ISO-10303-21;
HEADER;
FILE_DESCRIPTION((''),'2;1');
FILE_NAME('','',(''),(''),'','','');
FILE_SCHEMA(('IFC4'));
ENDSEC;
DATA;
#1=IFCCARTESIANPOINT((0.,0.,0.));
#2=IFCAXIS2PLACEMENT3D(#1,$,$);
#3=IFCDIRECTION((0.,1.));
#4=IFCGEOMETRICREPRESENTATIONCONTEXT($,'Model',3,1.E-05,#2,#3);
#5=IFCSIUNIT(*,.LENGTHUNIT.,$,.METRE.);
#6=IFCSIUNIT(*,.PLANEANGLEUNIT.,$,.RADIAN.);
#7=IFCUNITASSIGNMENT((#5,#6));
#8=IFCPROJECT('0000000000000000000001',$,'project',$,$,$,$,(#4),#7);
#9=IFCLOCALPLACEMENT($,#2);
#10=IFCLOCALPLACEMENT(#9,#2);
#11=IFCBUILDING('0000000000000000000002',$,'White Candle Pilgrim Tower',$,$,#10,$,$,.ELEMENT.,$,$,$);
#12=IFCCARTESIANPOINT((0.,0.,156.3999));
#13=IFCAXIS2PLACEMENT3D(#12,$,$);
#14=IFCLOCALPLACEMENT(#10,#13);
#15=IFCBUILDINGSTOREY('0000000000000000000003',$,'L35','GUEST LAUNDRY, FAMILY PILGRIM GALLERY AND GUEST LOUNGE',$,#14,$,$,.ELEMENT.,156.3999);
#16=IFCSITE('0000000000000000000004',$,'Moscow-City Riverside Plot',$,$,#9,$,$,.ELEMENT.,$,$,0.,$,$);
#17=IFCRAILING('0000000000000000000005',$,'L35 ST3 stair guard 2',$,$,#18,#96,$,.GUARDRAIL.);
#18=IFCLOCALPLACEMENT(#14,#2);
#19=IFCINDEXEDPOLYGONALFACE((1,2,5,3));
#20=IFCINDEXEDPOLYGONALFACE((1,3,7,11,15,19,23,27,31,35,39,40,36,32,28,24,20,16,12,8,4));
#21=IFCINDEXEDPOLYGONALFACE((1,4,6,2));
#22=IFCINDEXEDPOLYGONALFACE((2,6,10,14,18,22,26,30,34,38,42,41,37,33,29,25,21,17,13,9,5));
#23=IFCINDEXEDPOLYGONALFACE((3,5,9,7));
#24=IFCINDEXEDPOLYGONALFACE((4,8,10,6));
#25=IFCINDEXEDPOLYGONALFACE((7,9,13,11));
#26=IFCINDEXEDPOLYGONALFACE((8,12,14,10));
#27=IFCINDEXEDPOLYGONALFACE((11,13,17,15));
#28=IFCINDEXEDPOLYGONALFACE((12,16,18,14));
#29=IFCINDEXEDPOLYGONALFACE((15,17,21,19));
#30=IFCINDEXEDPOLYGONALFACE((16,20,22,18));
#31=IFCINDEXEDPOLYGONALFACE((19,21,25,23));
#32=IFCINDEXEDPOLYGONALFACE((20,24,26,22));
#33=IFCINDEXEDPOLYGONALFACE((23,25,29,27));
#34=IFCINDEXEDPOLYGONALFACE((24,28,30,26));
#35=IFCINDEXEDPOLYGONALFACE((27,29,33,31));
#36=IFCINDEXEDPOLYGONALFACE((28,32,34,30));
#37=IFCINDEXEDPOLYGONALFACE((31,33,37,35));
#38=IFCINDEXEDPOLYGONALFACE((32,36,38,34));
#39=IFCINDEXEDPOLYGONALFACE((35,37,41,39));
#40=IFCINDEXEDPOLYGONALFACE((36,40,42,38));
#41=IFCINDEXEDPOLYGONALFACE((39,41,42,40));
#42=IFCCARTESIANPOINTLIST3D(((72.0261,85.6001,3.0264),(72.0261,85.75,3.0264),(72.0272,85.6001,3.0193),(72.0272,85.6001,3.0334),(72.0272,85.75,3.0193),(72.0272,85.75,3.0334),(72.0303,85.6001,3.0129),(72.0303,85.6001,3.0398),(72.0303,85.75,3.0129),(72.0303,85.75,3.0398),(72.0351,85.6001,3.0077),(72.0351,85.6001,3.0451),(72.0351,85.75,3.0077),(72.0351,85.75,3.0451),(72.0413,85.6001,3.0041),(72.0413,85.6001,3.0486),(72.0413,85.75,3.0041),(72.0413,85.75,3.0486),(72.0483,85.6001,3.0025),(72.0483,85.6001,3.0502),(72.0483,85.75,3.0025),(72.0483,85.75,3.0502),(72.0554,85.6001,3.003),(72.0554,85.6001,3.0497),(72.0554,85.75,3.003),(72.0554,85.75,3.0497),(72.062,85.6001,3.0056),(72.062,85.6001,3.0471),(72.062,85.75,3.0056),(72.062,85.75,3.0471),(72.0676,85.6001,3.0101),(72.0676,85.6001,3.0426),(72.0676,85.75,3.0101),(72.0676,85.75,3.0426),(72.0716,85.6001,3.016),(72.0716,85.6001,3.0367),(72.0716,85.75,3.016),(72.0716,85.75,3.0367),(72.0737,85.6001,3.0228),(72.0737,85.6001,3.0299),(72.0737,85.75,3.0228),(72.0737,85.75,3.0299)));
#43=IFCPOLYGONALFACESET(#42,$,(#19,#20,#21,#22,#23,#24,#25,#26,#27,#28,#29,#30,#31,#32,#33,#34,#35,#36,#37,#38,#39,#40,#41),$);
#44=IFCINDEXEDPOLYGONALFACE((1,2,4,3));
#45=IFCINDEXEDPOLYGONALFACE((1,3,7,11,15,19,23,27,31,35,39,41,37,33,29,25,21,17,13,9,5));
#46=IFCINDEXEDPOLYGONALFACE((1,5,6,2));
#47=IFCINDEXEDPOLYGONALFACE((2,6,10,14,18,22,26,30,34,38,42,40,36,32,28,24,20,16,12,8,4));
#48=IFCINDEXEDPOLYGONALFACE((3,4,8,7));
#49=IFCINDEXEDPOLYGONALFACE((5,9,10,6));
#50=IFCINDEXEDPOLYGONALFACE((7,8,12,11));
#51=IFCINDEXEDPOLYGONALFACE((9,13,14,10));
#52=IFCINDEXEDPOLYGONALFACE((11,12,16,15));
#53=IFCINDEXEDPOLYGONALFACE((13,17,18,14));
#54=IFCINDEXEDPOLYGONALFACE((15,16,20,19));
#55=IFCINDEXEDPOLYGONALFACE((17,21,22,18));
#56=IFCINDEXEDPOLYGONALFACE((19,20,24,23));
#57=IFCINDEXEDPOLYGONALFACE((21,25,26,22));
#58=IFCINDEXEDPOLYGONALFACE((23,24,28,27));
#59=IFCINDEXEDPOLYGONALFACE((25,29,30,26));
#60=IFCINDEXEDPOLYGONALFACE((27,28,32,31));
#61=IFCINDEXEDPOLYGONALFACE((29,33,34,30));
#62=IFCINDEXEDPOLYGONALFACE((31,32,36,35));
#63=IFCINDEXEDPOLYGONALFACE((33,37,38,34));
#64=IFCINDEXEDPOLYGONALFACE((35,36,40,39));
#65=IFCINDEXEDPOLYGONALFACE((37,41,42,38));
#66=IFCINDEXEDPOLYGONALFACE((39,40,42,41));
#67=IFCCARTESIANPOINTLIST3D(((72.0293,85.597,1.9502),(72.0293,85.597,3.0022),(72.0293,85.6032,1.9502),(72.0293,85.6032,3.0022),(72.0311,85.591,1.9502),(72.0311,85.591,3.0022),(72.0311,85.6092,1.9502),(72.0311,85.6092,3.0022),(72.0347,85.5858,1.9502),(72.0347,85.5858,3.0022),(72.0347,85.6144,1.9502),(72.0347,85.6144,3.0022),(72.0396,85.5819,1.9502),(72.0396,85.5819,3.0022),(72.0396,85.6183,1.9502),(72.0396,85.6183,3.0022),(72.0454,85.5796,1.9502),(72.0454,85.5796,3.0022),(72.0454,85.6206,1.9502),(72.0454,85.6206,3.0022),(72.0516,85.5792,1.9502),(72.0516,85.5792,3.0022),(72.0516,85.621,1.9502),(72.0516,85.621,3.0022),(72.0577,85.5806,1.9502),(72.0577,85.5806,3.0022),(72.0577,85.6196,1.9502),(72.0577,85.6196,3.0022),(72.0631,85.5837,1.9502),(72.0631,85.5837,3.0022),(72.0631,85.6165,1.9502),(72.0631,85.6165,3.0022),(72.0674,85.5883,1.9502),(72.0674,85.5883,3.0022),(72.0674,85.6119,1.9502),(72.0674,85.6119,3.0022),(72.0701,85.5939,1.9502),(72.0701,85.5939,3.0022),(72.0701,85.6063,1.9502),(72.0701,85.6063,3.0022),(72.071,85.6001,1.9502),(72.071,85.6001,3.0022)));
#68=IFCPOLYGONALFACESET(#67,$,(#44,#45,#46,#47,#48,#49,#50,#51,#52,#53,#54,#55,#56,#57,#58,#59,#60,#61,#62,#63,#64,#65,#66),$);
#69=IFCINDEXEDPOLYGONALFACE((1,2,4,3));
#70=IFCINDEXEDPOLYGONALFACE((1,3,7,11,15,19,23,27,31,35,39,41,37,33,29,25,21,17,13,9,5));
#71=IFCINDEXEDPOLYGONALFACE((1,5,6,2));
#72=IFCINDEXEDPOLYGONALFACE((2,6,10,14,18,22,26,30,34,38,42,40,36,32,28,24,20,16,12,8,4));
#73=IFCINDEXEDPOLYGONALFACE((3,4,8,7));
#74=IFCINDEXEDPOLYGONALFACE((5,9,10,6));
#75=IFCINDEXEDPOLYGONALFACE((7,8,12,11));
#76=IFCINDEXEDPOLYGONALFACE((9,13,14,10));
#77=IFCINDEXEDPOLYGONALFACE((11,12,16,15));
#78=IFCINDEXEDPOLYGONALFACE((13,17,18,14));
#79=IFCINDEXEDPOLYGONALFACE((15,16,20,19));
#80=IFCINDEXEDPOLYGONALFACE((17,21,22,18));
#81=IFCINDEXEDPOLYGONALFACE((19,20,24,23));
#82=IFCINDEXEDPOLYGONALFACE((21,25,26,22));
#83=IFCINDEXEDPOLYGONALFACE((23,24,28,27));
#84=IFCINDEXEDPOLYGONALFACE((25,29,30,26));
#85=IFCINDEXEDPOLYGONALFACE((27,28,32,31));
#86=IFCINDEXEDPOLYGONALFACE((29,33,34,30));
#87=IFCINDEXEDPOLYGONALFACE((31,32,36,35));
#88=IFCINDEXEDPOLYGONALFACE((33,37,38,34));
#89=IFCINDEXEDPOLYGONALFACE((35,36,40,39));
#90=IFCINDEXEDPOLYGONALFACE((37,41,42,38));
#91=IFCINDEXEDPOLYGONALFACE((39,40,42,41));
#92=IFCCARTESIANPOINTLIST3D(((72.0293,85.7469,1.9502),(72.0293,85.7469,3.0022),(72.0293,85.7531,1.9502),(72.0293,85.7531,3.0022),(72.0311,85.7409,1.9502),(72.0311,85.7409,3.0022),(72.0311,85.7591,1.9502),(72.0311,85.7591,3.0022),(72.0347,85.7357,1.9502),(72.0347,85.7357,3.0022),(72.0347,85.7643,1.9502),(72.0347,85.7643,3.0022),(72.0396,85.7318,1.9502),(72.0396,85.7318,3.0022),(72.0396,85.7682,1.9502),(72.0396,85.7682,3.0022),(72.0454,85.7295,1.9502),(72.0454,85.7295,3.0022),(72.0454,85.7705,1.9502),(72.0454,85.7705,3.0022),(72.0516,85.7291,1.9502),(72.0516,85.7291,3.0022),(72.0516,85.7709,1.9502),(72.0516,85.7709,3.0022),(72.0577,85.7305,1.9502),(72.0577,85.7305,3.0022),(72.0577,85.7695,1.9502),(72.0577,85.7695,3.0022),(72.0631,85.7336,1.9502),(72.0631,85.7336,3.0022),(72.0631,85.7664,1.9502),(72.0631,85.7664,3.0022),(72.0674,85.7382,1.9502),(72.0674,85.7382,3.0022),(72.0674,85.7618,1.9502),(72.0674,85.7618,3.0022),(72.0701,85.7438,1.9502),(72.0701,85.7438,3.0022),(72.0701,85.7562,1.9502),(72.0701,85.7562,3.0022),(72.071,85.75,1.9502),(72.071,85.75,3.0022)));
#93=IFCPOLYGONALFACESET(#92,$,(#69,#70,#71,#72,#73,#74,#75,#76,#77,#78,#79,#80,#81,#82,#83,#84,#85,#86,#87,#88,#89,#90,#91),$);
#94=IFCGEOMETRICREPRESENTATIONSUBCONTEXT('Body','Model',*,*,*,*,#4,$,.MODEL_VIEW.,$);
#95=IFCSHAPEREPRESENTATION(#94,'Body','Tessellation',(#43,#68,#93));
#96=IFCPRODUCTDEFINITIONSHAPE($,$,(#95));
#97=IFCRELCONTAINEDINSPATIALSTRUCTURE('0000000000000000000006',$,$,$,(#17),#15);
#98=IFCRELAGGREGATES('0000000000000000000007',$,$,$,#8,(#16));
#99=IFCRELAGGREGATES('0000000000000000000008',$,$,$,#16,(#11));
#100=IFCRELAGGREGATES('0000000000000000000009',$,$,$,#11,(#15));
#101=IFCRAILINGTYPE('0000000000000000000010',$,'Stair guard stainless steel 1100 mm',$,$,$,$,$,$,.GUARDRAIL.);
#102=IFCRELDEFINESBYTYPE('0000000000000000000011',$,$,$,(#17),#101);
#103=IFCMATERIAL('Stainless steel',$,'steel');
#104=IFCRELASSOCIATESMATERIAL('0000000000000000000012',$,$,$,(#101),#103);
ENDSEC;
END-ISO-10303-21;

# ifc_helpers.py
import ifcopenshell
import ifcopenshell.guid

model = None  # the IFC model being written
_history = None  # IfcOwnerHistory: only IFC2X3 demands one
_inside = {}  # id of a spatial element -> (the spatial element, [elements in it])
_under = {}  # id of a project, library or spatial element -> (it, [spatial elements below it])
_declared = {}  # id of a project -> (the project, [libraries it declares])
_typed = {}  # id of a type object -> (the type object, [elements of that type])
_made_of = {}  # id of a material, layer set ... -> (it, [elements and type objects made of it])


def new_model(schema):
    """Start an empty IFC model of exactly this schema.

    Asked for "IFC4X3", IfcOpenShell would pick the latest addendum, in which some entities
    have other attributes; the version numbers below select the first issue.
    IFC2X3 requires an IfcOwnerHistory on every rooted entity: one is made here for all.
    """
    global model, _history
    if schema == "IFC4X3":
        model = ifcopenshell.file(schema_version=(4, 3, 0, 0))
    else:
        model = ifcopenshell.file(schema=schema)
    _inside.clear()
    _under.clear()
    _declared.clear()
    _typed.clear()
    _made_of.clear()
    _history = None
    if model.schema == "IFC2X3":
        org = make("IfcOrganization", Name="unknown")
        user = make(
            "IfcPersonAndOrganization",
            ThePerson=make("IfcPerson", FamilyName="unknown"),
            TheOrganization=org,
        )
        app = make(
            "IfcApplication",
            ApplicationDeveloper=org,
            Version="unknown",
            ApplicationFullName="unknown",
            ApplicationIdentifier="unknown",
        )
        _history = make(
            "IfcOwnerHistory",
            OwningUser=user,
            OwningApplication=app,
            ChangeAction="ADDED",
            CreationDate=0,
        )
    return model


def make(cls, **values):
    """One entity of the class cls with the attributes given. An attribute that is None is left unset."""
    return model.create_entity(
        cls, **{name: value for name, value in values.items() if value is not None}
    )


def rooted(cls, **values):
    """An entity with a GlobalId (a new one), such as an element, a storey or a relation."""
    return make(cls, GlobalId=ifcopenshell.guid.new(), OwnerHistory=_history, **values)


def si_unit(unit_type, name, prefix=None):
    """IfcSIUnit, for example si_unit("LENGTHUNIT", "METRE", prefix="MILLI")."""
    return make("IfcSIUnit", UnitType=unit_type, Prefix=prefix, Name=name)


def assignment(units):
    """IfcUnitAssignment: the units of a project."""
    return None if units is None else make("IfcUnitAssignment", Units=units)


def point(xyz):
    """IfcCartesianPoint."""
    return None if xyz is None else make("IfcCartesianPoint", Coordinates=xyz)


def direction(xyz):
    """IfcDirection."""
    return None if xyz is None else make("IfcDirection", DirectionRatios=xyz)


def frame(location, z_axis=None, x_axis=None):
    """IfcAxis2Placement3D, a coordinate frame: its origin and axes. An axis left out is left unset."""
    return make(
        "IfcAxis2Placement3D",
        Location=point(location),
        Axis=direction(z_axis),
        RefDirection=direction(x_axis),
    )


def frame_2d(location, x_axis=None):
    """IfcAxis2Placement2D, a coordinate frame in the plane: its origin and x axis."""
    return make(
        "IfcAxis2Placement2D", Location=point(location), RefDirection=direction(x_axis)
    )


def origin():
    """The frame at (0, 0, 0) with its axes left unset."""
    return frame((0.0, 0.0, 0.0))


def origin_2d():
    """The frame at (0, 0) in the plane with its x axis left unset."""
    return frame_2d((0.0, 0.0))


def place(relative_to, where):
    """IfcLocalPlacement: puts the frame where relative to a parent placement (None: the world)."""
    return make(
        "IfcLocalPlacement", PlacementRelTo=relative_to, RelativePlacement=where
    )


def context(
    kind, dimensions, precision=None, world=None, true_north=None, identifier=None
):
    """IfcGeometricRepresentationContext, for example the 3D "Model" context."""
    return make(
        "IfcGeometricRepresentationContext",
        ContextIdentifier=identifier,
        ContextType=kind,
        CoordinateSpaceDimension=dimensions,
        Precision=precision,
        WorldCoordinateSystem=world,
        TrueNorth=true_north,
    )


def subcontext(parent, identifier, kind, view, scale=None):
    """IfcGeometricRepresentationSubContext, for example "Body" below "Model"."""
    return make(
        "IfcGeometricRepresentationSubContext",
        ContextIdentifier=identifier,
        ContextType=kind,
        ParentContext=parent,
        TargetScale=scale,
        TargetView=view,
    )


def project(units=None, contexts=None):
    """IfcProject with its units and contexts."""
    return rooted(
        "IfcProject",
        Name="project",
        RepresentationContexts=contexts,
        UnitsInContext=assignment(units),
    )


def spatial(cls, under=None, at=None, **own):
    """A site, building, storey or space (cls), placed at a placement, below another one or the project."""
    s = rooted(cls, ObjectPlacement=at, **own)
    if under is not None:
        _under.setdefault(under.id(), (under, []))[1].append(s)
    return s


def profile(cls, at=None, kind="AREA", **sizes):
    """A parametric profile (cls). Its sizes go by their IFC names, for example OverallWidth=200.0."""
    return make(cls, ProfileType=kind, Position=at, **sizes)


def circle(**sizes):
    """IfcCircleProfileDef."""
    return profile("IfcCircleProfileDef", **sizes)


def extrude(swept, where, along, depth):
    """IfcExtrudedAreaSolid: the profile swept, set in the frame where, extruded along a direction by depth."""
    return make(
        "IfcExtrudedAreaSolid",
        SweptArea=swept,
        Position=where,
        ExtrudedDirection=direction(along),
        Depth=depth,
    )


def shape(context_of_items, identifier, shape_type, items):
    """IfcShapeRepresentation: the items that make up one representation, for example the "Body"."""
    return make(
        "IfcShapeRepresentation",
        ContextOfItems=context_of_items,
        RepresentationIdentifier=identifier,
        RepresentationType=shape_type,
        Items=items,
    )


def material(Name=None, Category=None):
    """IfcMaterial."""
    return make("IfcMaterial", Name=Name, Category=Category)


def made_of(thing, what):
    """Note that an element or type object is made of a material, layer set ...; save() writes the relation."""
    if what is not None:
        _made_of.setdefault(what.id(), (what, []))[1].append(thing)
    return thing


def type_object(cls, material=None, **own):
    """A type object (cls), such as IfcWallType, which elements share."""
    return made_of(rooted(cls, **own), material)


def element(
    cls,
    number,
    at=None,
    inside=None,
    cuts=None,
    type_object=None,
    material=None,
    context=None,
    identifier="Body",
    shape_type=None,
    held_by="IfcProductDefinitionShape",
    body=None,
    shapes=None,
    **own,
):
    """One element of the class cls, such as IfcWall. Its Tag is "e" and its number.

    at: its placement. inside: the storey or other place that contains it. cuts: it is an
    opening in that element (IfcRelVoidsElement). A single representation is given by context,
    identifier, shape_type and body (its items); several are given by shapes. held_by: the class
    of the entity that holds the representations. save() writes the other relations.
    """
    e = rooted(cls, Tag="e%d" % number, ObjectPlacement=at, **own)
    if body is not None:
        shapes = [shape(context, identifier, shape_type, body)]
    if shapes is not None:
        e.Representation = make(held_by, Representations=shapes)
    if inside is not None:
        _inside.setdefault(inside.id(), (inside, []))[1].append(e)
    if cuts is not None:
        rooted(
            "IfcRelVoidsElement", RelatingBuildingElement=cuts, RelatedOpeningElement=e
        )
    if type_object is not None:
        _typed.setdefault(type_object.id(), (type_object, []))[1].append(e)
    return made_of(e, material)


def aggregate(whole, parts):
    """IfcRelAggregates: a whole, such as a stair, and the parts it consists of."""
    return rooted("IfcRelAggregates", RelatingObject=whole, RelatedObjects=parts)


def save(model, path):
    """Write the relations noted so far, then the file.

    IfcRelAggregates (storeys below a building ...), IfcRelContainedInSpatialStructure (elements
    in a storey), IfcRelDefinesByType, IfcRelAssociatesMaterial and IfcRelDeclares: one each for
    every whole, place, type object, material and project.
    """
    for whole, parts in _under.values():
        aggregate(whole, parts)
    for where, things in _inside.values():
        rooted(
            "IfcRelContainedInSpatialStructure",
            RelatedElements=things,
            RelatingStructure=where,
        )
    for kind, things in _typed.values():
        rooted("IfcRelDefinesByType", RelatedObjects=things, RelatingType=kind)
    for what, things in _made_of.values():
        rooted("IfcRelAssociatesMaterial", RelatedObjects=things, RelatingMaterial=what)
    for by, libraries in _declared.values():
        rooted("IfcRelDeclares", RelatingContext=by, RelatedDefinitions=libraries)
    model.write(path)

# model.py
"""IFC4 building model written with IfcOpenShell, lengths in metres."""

from ifc_helpers import new_model, si_unit, direction, frame, origin, origin_2d, place, context, subcontext, project, spatial, circle, extrude, material, type_object, element, save


model = new_model("IFC4")

# Units and contexts
model_context = context("Model", 3, precision=1e-05, world=origin(), true_north=direction((0.0, 1.0)))
body_context = subcontext(model_context, "Body", "Model", "MODEL_VIEW")
ifc_project = project(units=[si_unit("LENGTHUNIT", "METRE"), si_unit("PLANEANGLEUNIT", "RADIAN")], contexts=[model_context])

# Site, building, storey
site_placement = place(None, origin())
site = spatial("IfcSite", under=ifc_project, at=site_placement, Name="Moscow-City Riverside Plot", CompositionType="ELEMENT", RefElevation=0.0)
building_placement = place(site_placement, origin())
building = spatial("IfcBuilding", under=site, at=building_placement, Name="White Candle Pilgrim Tower", CompositionType="ELEMENT")
storey_placement = place(building_placement, frame((0.0, 0.0, 156.3999)))
storey = spatial("IfcBuildingStorey", under=building, at=storey_placement, Name="L35", Description="GUEST LAUNDRY, FAMILY PILGRIM GALLERY AND GUEST LOUNGE", CompositionType="ELEMENT", Elevation=156.3999)

# Shared definitions
ifc_material_1 = material(Name="Stainless steel", Category="steel")

# Railing
railing_type_1 = type_object("IfcRailingType", Name="Stair guard stainless steel 1100 mm", PredefinedType="GUARDRAIL", material=ifc_material_1)
railing_1_placement = place(storey_placement, frame((72.05, 85.6001, 1.9502)))
element("IfcRailing", 1, at=railing_1_placement, inside=storey, type_object=railing_type_1, Name="L35 ST3 stair guard 2", PredefinedType="GUARDRAIL", context=body_context, shape_type="SweptSolid", body=[
    extrude(circle(Radius=0.0239, at=origin_2d()), frame((0.0, 0.0, 1.0762), z_axis=(0.0, 1.0, 0.0), x_axis=(-1.0, 0.0, 0.0)), (0.0, 0.0, 1.0), 0.1499),
    extrude(circle(Radius=0.021, at=origin_2d()), origin(), (0.0, 0.0, 1.0), 1.052),
    extrude(circle(Radius=0.021, at=origin_2d()), frame((0.0, 0.1499, 0.0)), (0.0, 0.0, 1.0), 1.052),
])

save(model, "model.ifc")
